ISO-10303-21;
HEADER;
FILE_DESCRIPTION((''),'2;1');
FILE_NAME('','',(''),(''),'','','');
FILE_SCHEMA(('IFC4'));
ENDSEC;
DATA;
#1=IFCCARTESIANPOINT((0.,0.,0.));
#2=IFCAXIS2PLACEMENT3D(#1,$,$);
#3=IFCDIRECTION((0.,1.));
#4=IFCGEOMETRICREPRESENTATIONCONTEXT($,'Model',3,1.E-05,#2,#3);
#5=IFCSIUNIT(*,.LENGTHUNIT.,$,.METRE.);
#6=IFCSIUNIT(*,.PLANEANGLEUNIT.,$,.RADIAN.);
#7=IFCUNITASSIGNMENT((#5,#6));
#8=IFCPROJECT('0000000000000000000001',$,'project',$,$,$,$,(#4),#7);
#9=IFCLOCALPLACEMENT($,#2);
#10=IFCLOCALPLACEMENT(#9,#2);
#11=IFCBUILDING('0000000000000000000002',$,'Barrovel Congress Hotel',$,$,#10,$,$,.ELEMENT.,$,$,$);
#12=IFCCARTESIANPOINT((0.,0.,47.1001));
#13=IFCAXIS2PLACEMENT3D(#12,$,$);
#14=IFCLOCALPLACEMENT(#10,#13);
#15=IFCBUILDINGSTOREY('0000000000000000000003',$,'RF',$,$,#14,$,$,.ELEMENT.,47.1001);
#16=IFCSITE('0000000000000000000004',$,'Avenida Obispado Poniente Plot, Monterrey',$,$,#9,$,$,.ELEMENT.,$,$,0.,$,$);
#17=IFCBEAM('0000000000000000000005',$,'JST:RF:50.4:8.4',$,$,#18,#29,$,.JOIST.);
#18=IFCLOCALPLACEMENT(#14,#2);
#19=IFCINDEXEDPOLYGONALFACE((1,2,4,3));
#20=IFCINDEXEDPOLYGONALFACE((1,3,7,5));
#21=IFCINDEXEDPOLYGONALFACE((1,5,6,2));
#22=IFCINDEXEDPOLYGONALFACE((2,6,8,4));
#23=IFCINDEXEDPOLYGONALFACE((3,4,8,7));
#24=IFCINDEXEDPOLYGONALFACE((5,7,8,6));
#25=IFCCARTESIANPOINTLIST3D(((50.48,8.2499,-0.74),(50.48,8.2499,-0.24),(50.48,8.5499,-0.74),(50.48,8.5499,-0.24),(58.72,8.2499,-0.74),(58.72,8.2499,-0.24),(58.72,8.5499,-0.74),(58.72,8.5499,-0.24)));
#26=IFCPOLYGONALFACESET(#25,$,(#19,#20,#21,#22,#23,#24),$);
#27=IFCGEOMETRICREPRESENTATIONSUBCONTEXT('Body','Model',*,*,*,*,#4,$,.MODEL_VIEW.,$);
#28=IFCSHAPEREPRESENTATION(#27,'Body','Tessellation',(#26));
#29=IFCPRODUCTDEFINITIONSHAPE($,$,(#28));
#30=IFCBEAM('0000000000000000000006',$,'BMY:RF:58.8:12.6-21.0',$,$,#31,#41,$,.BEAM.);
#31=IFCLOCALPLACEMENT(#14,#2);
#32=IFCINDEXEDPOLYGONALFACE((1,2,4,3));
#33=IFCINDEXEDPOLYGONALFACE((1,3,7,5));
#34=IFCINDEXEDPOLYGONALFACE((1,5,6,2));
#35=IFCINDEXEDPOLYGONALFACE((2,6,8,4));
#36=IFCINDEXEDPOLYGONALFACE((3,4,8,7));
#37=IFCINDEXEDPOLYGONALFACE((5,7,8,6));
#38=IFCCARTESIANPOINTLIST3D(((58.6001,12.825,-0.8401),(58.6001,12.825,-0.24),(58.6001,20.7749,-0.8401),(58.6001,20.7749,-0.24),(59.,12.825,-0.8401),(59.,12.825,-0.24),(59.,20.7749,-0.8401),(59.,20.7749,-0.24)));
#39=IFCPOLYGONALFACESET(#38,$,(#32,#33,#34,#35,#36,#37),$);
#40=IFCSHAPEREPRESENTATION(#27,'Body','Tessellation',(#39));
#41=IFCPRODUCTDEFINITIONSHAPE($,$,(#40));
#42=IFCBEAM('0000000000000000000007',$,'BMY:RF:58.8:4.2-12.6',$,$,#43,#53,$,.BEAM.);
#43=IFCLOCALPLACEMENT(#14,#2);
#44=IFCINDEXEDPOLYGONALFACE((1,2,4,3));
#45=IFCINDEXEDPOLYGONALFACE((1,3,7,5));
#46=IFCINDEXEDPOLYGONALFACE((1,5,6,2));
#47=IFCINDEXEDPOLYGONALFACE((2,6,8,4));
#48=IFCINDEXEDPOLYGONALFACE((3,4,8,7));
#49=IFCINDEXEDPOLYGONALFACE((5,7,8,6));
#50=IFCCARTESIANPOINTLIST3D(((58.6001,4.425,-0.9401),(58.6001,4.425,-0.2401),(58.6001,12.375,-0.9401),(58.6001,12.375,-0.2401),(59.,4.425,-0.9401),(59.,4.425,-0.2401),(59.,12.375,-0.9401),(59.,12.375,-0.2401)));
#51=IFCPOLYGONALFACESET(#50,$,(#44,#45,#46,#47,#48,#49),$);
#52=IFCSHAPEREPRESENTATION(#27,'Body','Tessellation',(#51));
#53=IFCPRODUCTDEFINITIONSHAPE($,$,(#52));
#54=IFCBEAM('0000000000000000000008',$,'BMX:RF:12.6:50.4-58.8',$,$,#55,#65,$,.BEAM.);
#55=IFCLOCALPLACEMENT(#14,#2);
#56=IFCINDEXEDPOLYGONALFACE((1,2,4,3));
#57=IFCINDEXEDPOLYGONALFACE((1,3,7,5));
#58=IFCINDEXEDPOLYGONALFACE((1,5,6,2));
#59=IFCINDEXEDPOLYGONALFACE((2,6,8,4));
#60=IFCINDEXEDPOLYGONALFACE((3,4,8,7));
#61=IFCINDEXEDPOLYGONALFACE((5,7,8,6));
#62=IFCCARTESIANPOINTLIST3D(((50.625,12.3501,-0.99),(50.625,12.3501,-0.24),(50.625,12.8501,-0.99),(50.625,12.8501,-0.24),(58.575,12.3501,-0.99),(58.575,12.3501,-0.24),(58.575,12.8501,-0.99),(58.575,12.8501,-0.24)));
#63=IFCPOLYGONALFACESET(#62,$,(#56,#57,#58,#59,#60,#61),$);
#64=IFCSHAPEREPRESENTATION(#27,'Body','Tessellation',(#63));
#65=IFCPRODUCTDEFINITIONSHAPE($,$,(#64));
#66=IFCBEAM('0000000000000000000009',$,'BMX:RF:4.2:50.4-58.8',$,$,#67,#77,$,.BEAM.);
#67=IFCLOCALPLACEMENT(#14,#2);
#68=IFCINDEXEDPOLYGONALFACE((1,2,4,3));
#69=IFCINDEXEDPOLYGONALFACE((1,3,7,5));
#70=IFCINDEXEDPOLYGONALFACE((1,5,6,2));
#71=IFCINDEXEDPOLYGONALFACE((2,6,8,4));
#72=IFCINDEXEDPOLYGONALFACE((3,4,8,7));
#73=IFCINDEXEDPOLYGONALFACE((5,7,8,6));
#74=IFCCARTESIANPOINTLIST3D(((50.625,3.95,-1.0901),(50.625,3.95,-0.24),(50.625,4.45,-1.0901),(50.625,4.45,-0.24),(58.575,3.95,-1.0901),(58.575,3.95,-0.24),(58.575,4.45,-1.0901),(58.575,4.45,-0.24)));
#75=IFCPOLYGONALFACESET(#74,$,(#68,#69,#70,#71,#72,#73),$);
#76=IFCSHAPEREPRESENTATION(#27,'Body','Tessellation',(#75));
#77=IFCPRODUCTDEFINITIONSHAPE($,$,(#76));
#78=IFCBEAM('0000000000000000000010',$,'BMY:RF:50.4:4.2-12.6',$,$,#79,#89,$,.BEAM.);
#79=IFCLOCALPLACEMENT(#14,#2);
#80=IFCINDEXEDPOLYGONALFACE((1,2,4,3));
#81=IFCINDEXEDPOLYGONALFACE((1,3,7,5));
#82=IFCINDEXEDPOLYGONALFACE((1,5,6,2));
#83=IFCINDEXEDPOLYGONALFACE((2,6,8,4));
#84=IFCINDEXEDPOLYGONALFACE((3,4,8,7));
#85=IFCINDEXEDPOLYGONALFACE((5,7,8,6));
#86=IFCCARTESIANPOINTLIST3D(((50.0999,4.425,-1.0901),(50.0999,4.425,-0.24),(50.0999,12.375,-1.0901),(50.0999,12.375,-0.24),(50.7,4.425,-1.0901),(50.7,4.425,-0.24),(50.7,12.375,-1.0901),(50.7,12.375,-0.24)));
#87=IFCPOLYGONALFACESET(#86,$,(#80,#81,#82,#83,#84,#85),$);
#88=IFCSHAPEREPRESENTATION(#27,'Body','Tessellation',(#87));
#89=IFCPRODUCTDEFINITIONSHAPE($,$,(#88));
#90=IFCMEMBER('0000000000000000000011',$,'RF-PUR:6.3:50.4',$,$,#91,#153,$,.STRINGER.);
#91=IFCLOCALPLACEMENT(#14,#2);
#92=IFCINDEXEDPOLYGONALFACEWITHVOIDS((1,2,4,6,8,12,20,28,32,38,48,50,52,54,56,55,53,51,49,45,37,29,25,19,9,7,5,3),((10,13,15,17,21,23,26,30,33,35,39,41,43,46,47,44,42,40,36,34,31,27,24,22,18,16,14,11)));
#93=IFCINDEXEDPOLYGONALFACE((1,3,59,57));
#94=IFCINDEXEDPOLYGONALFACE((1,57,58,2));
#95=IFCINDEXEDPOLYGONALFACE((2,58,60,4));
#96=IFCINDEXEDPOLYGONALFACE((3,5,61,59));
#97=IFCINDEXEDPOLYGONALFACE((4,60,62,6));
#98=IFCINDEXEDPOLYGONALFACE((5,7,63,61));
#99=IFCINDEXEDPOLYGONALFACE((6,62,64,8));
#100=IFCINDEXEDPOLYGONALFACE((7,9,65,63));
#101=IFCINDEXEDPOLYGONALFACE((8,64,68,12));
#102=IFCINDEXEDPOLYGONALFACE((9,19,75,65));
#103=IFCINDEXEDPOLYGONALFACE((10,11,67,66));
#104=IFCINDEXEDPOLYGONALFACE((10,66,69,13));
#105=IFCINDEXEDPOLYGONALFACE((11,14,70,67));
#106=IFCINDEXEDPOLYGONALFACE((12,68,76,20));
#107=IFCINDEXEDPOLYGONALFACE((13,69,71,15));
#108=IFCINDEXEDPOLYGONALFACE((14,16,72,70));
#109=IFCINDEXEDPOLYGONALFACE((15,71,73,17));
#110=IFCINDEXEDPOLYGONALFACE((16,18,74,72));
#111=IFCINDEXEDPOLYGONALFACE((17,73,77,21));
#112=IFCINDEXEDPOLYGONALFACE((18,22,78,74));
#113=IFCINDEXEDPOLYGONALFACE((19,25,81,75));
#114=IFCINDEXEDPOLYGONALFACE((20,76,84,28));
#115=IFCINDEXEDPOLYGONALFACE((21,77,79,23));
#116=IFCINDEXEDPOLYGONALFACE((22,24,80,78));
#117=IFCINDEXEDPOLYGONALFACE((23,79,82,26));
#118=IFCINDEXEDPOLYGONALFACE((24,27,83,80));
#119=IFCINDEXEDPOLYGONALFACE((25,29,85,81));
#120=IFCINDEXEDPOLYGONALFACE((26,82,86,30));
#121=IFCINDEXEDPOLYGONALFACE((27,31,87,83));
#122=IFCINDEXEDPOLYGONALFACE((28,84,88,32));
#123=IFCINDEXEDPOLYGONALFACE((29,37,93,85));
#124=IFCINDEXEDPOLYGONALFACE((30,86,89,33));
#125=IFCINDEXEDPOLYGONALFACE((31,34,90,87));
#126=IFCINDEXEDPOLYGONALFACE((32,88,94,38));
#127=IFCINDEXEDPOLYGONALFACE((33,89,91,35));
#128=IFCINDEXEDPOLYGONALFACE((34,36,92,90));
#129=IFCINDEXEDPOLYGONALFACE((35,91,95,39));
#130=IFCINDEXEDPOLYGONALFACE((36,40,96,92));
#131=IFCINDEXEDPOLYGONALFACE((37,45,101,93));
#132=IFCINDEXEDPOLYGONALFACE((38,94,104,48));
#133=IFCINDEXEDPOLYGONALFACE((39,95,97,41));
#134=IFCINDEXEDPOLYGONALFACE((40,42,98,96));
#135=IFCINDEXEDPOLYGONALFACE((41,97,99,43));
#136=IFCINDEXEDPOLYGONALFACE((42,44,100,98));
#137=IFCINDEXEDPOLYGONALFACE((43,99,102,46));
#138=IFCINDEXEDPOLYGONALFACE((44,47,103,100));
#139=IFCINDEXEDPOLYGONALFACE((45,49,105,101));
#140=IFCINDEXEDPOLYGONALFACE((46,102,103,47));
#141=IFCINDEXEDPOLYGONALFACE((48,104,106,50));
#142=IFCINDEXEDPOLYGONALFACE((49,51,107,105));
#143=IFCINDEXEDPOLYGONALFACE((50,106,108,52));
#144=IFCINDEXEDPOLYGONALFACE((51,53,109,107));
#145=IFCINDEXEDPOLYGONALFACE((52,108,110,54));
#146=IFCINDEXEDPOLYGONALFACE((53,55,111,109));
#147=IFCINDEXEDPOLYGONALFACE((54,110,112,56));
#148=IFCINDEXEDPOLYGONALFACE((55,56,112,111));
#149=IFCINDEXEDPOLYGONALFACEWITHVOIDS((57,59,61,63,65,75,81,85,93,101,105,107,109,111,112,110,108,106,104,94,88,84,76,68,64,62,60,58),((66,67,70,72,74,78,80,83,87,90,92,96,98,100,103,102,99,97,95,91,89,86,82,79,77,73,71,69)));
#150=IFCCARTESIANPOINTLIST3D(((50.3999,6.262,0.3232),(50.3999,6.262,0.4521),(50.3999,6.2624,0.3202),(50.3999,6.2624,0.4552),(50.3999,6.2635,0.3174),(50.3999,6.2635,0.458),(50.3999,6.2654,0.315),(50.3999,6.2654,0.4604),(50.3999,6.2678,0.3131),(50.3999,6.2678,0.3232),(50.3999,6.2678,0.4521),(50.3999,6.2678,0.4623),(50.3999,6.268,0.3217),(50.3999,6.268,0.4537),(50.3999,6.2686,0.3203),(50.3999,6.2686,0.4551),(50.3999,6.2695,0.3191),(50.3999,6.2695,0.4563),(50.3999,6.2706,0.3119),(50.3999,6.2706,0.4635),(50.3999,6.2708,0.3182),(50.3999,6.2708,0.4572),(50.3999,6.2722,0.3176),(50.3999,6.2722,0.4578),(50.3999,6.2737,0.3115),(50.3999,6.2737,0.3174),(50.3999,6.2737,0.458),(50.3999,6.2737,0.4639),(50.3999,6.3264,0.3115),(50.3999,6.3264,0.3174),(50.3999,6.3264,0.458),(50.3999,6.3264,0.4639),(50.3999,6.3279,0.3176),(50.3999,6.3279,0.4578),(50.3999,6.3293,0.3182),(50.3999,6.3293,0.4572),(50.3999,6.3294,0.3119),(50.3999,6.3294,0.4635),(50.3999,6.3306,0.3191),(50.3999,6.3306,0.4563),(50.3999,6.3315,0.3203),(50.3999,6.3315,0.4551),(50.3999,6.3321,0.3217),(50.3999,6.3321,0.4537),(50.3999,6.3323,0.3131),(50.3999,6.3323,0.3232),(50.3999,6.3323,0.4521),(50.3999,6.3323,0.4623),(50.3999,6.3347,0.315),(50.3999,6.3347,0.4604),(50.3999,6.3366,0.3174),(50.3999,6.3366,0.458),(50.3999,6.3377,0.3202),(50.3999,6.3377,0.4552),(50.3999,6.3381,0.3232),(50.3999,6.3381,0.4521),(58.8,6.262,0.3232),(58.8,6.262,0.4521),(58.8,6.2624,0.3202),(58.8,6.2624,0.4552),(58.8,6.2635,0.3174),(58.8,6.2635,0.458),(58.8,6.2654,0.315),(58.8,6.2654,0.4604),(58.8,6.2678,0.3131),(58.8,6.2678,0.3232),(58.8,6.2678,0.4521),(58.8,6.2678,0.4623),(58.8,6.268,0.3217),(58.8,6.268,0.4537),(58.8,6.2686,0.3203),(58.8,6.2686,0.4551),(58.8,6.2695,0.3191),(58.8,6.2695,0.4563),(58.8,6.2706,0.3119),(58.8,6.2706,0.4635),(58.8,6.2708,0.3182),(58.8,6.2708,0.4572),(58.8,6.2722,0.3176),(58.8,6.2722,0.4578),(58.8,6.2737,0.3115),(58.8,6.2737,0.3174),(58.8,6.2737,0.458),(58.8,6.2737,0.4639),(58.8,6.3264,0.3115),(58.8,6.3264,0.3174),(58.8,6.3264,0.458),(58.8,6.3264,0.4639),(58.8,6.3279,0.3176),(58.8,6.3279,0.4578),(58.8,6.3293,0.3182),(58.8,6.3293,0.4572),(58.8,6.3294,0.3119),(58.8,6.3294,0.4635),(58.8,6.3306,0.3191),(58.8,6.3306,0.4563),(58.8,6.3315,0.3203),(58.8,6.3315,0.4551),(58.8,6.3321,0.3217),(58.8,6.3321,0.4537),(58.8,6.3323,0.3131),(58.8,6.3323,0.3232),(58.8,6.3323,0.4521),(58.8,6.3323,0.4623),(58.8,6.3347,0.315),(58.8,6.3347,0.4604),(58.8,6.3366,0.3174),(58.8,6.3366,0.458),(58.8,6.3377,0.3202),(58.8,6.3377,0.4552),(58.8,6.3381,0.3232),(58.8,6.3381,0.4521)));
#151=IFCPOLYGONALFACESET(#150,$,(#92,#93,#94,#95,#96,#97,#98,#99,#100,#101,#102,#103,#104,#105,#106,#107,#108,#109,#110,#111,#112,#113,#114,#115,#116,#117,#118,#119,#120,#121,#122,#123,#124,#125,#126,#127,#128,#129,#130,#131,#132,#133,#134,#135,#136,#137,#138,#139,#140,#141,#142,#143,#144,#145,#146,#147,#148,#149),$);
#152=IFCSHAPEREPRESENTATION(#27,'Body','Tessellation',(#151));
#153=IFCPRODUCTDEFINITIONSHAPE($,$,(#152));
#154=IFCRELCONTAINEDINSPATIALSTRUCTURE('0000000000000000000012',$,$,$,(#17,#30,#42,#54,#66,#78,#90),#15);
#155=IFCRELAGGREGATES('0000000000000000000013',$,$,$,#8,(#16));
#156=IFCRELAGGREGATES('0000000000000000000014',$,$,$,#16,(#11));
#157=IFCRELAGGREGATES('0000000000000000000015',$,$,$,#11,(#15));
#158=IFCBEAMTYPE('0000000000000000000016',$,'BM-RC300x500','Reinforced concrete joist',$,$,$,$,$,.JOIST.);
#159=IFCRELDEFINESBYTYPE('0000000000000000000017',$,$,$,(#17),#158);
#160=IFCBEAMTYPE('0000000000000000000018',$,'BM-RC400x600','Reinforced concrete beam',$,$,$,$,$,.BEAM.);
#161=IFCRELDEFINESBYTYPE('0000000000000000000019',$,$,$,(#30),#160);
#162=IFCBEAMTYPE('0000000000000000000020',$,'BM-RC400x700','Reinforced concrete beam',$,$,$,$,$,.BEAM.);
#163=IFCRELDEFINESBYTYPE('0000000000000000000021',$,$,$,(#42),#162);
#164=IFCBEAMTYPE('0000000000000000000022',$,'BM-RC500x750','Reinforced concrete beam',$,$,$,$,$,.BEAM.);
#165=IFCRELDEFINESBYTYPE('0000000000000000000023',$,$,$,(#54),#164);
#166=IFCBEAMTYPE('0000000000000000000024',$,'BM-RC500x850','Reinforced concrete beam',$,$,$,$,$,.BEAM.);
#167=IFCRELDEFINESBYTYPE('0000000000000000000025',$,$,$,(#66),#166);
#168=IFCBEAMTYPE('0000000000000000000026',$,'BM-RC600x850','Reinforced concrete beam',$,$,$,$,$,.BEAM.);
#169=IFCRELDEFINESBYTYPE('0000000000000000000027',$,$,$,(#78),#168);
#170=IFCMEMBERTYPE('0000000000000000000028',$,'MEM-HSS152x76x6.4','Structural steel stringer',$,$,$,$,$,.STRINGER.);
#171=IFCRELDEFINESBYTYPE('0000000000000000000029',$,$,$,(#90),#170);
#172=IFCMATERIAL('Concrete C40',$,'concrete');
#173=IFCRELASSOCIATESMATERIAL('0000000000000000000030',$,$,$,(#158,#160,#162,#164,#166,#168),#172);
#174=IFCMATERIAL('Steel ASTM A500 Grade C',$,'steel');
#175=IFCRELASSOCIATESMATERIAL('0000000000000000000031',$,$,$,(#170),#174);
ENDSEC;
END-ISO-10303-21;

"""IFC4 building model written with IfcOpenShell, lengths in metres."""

from ifc_helpers import new_model, si_unit, direction, frame, origin, origin_2d, place, context, subcontext, project, spatial, rectangle, hollow_rectangle, extrude, material, material_profile, profile_set, type_object, element, save


model = new_model("IFC4")

# Units and contexts
model_context = context("Model", 3, precision=1e-05, world=origin(), true_north=direction((0.0, 1.0)))
body_context = subcontext(model_context, "Body", "Model", "MODEL_VIEW")
ifc_project = project(units=[si_unit("LENGTHUNIT", "METRE"), si_unit("PLANEANGLEUNIT", "RADIAN")], contexts=[model_context])

# Site, building, storey
site_placement = place(None, origin())
site = spatial("IfcSite", under=ifc_project, at=site_placement, Name="Avenida Obispado Poniente Plot, Monterrey", CompositionType="ELEMENT", RefElevation=0.0)
building_placement = place(site_placement, origin())
building = spatial("IfcBuilding", under=site, at=building_placement, Name="Barrovel Congress Hotel", CompositionType="ELEMENT")
storey_placement = place(building_placement, frame((0.0, 0.0, 47.1001)))
storey = spatial("IfcBuildingStorey", under=building, at=storey_placement, Name="RF", CompositionType="ELEMENT", Elevation=47.1001)

# Beams
ifc_material_1 = material(Name="Concrete C40", Category="concrete")
ifc_material_profile_1 = material_profile(ifc_material_1, rectangle(XDim=0.3, YDim=0.5, at=origin_2d()), Name="RC300x500")
ifc_profile_set_1 = profile_set([ifc_material_profile_1], Name="Concrete C40")
beam_type_1 = type_object("IfcBeamType", Name="BM-RC300x500", Description="Reinforced concrete joist", PredefinedType="JOIST", material=ifc_profile_set_1)
beam_1_placement = place(storey_placement, frame((50.48, 8.3999, -0.49), z_axis=(1.0, 0.0, 0.0), x_axis=(0.0, 1.0, 0.0)))
element("IfcBeam", 1, at=beam_1_placement, inside=storey, type_object=beam_type_1, Name="JST:RF:50.4:8.4", PredefinedType="JOIST", context=body_context, shape_type="SweptSolid", body=[
    extrude(rectangle(XDim=0.3, YDim=0.5, at=origin_2d()), origin(), (0.0, 0.0, 1.0), 8.24),
])
ifc_material_profile_2 = material_profile(ifc_material_1, rectangle(XDim=0.3999, YDim=0.6001, at=origin_2d()), Name="RC400x600")
ifc_profile_set_2 = profile_set([ifc_material_profile_2], Name="Concrete C40")
beam_type_2 = type_object("IfcBeamType", Name="BM-RC400x600", Description="Reinforced concrete beam", PredefinedType="BEAM", material=ifc_profile_set_2)
beam_2_placement = place(storey_placement, frame((58.8, 12.825, -0.54), z_axis=(0.0, 1.0, 0.0), x_axis=(-1.0, 0.0, 0.0)))
element("IfcBeam", 2, at=beam_2_placement, inside=storey, type_object=beam_type_2, Name="BMY:RF:58.8:12.6-21.0", PredefinedType="BEAM", context=body_context, shape_type="SweptSolid", body=[
    extrude(rectangle(XDim=0.3999, YDim=0.6001, at=origin_2d()), origin(), (0.0, 0.0, 1.0), 7.95),
])
ifc_material_profile_3 = material_profile(ifc_material_1, rectangle(XDim=0.3999, YDim=0.7, at=origin_2d()), Name="RC400x700")
ifc_profile_set_3 = profile_set([ifc_material_profile_3], Name="Concrete C40")
beam_type_3 = type_object("IfcBeamType", Name="BM-RC400x700", Description="Reinforced concrete beam", PredefinedType="BEAM", material=ifc_profile_set_3)
beam_3_placement = place(storey_placement, frame((58.8, 4.425, -0.5901), z_axis=(0.0, 1.0, 0.0), x_axis=(-1.0, 0.0, 0.0)))
element("IfcBeam", 3, at=beam_3_placement, inside=storey, type_object=beam_type_3, Name="BMY:RF:58.8:4.2-12.6", PredefinedType="BEAM", context=body_context, shape_type="SweptSolid", body=[
    extrude(rectangle(XDim=0.3999, YDim=0.7, at=origin_2d()), origin(), (0.0, 0.0, 1.0), 7.95),
])
ifc_material_profile_4 = material_profile(ifc_material_1, rectangle(XDim=0.5, YDim=0.75, at=origin_2d()), Name="RC500x750")
ifc_profile_set_4 = profile_set([ifc_material_profile_4], Name="Concrete C40")
beam_type_4 = type_object("IfcBeamType", Name="BM-RC500x750", Description="Reinforced concrete beam", PredefinedType="BEAM", material=ifc_profile_set_4)
beam_4_placement = place(storey_placement, frame((50.625, 12.6001, -0.615), z_axis=(1.0, 0.0, 0.0), x_axis=(0.0, 1.0, 0.0)))
element("IfcBeam", 4, at=beam_4_placement, inside=storey, type_object=beam_type_4, Name="BMX:RF:12.6:50.4-58.8", PredefinedType="BEAM", context=body_context, shape_type="SweptSolid", body=[
    extrude(rectangle(XDim=0.5, YDim=0.75, at=origin_2d()), origin(), (0.0, 0.0, 1.0), 7.95),
])
ifc_material_profile_5 = material_profile(ifc_material_1, rectangle(XDim=0.5, YDim=0.8501, at=origin_2d()), Name="RC500x850")
ifc_profile_set_5 = profile_set([ifc_material_profile_5], Name="Concrete C40")
beam_type_5 = type_object("IfcBeamType", Name="BM-RC500x850", Description="Reinforced concrete beam", PredefinedType="BEAM", material=ifc_profile_set_5)
beam_5_placement = place(storey_placement, frame((50.625, 4.2, -0.665), z_axis=(1.0, 0.0, 0.0), x_axis=(0.0, 1.0, 0.0)))
element("IfcBeam", 5, at=beam_5_placement, inside=storey, type_object=beam_type_5, Name="BMX:RF:4.2:50.4-58.8", PredefinedType="BEAM", context=body_context, shape_type="SweptSolid", body=[
    extrude(rectangle(XDim=0.5, YDim=0.8501, at=origin_2d()), origin(), (0.0, 0.0, 1.0), 7.95),
])
ifc_material_profile_6 = material_profile(ifc_material_1, rectangle(XDim=0.6001, YDim=0.8501, at=origin_2d()), Name="RC600x850")
ifc_profile_set_6 = profile_set([ifc_material_profile_6], Name="Concrete C40")
beam_type_6 = type_object("IfcBeamType", Name="BM-RC600x850", Description="Reinforced concrete beam", PredefinedType="BEAM", material=ifc_profile_set_6)
beam_6_placement = place(storey_placement, frame((50.3999, 4.425, -0.665), z_axis=(0.0, 1.0, 0.0), x_axis=(-1.0, 0.0, 0.0)))
element("IfcBeam", 6, at=beam_6_placement, inside=storey, type_object=beam_type_6, Name="BMY:RF:50.4:4.2-12.6", PredefinedType="BEAM", context=body_context, shape_type="SweptSolid", body=[
    extrude(rectangle(XDim=0.6001, YDim=0.8501, at=origin_2d()), origin(), (0.0, 0.0, 1.0), 7.95),
])

# Member
ifc_material_2 = material(Name="Steel ASTM A500 Grade C", Category="steel")
ifc_material_profile_7 = material_profile(ifc_material_2, hollow_rectangle(XDim=0.0762, YDim=0.1523, WallThickness=0.0059, InnerFilletRadius=0.0059, OuterFilletRadius=0.0117, at=origin_2d()), Name="HSS152x76x6.4")
ifc_profile_set_7 = profile_set([ifc_material_profile_7], Name="Steel ASTM A500 Grade C")
member_type_1 = type_object("IfcMemberType", Name="MEM-HSS152x76x6.4", Description="Structural steel stringer", PredefinedType="STRINGER", material=ifc_profile_set_7)
member_1_placement = place(storey_placement, frame((50.3999, 6.3, 0.3877), z_axis=(1.0, 0.0, 0.0), x_axis=(0.0, 1.0, 0.0)))
element("IfcMember", 7, at=member_1_placement, inside=storey, type_object=member_type_1, Name="RF-PUR:6.3:50.4", PredefinedType="STRINGER", context=body_context, shape_type="SweptSolid", body=[
    extrude(hollow_rectangle(XDim=0.0762, YDim=0.1523, WallThickness=0.0059, InnerFilletRadius=0.0059, OuterFilletRadius=0.0117, at=origin_2d()), origin(), (0.0, 0.0, 1.0), 8.4001),
])

save(model, "model.ifc")
